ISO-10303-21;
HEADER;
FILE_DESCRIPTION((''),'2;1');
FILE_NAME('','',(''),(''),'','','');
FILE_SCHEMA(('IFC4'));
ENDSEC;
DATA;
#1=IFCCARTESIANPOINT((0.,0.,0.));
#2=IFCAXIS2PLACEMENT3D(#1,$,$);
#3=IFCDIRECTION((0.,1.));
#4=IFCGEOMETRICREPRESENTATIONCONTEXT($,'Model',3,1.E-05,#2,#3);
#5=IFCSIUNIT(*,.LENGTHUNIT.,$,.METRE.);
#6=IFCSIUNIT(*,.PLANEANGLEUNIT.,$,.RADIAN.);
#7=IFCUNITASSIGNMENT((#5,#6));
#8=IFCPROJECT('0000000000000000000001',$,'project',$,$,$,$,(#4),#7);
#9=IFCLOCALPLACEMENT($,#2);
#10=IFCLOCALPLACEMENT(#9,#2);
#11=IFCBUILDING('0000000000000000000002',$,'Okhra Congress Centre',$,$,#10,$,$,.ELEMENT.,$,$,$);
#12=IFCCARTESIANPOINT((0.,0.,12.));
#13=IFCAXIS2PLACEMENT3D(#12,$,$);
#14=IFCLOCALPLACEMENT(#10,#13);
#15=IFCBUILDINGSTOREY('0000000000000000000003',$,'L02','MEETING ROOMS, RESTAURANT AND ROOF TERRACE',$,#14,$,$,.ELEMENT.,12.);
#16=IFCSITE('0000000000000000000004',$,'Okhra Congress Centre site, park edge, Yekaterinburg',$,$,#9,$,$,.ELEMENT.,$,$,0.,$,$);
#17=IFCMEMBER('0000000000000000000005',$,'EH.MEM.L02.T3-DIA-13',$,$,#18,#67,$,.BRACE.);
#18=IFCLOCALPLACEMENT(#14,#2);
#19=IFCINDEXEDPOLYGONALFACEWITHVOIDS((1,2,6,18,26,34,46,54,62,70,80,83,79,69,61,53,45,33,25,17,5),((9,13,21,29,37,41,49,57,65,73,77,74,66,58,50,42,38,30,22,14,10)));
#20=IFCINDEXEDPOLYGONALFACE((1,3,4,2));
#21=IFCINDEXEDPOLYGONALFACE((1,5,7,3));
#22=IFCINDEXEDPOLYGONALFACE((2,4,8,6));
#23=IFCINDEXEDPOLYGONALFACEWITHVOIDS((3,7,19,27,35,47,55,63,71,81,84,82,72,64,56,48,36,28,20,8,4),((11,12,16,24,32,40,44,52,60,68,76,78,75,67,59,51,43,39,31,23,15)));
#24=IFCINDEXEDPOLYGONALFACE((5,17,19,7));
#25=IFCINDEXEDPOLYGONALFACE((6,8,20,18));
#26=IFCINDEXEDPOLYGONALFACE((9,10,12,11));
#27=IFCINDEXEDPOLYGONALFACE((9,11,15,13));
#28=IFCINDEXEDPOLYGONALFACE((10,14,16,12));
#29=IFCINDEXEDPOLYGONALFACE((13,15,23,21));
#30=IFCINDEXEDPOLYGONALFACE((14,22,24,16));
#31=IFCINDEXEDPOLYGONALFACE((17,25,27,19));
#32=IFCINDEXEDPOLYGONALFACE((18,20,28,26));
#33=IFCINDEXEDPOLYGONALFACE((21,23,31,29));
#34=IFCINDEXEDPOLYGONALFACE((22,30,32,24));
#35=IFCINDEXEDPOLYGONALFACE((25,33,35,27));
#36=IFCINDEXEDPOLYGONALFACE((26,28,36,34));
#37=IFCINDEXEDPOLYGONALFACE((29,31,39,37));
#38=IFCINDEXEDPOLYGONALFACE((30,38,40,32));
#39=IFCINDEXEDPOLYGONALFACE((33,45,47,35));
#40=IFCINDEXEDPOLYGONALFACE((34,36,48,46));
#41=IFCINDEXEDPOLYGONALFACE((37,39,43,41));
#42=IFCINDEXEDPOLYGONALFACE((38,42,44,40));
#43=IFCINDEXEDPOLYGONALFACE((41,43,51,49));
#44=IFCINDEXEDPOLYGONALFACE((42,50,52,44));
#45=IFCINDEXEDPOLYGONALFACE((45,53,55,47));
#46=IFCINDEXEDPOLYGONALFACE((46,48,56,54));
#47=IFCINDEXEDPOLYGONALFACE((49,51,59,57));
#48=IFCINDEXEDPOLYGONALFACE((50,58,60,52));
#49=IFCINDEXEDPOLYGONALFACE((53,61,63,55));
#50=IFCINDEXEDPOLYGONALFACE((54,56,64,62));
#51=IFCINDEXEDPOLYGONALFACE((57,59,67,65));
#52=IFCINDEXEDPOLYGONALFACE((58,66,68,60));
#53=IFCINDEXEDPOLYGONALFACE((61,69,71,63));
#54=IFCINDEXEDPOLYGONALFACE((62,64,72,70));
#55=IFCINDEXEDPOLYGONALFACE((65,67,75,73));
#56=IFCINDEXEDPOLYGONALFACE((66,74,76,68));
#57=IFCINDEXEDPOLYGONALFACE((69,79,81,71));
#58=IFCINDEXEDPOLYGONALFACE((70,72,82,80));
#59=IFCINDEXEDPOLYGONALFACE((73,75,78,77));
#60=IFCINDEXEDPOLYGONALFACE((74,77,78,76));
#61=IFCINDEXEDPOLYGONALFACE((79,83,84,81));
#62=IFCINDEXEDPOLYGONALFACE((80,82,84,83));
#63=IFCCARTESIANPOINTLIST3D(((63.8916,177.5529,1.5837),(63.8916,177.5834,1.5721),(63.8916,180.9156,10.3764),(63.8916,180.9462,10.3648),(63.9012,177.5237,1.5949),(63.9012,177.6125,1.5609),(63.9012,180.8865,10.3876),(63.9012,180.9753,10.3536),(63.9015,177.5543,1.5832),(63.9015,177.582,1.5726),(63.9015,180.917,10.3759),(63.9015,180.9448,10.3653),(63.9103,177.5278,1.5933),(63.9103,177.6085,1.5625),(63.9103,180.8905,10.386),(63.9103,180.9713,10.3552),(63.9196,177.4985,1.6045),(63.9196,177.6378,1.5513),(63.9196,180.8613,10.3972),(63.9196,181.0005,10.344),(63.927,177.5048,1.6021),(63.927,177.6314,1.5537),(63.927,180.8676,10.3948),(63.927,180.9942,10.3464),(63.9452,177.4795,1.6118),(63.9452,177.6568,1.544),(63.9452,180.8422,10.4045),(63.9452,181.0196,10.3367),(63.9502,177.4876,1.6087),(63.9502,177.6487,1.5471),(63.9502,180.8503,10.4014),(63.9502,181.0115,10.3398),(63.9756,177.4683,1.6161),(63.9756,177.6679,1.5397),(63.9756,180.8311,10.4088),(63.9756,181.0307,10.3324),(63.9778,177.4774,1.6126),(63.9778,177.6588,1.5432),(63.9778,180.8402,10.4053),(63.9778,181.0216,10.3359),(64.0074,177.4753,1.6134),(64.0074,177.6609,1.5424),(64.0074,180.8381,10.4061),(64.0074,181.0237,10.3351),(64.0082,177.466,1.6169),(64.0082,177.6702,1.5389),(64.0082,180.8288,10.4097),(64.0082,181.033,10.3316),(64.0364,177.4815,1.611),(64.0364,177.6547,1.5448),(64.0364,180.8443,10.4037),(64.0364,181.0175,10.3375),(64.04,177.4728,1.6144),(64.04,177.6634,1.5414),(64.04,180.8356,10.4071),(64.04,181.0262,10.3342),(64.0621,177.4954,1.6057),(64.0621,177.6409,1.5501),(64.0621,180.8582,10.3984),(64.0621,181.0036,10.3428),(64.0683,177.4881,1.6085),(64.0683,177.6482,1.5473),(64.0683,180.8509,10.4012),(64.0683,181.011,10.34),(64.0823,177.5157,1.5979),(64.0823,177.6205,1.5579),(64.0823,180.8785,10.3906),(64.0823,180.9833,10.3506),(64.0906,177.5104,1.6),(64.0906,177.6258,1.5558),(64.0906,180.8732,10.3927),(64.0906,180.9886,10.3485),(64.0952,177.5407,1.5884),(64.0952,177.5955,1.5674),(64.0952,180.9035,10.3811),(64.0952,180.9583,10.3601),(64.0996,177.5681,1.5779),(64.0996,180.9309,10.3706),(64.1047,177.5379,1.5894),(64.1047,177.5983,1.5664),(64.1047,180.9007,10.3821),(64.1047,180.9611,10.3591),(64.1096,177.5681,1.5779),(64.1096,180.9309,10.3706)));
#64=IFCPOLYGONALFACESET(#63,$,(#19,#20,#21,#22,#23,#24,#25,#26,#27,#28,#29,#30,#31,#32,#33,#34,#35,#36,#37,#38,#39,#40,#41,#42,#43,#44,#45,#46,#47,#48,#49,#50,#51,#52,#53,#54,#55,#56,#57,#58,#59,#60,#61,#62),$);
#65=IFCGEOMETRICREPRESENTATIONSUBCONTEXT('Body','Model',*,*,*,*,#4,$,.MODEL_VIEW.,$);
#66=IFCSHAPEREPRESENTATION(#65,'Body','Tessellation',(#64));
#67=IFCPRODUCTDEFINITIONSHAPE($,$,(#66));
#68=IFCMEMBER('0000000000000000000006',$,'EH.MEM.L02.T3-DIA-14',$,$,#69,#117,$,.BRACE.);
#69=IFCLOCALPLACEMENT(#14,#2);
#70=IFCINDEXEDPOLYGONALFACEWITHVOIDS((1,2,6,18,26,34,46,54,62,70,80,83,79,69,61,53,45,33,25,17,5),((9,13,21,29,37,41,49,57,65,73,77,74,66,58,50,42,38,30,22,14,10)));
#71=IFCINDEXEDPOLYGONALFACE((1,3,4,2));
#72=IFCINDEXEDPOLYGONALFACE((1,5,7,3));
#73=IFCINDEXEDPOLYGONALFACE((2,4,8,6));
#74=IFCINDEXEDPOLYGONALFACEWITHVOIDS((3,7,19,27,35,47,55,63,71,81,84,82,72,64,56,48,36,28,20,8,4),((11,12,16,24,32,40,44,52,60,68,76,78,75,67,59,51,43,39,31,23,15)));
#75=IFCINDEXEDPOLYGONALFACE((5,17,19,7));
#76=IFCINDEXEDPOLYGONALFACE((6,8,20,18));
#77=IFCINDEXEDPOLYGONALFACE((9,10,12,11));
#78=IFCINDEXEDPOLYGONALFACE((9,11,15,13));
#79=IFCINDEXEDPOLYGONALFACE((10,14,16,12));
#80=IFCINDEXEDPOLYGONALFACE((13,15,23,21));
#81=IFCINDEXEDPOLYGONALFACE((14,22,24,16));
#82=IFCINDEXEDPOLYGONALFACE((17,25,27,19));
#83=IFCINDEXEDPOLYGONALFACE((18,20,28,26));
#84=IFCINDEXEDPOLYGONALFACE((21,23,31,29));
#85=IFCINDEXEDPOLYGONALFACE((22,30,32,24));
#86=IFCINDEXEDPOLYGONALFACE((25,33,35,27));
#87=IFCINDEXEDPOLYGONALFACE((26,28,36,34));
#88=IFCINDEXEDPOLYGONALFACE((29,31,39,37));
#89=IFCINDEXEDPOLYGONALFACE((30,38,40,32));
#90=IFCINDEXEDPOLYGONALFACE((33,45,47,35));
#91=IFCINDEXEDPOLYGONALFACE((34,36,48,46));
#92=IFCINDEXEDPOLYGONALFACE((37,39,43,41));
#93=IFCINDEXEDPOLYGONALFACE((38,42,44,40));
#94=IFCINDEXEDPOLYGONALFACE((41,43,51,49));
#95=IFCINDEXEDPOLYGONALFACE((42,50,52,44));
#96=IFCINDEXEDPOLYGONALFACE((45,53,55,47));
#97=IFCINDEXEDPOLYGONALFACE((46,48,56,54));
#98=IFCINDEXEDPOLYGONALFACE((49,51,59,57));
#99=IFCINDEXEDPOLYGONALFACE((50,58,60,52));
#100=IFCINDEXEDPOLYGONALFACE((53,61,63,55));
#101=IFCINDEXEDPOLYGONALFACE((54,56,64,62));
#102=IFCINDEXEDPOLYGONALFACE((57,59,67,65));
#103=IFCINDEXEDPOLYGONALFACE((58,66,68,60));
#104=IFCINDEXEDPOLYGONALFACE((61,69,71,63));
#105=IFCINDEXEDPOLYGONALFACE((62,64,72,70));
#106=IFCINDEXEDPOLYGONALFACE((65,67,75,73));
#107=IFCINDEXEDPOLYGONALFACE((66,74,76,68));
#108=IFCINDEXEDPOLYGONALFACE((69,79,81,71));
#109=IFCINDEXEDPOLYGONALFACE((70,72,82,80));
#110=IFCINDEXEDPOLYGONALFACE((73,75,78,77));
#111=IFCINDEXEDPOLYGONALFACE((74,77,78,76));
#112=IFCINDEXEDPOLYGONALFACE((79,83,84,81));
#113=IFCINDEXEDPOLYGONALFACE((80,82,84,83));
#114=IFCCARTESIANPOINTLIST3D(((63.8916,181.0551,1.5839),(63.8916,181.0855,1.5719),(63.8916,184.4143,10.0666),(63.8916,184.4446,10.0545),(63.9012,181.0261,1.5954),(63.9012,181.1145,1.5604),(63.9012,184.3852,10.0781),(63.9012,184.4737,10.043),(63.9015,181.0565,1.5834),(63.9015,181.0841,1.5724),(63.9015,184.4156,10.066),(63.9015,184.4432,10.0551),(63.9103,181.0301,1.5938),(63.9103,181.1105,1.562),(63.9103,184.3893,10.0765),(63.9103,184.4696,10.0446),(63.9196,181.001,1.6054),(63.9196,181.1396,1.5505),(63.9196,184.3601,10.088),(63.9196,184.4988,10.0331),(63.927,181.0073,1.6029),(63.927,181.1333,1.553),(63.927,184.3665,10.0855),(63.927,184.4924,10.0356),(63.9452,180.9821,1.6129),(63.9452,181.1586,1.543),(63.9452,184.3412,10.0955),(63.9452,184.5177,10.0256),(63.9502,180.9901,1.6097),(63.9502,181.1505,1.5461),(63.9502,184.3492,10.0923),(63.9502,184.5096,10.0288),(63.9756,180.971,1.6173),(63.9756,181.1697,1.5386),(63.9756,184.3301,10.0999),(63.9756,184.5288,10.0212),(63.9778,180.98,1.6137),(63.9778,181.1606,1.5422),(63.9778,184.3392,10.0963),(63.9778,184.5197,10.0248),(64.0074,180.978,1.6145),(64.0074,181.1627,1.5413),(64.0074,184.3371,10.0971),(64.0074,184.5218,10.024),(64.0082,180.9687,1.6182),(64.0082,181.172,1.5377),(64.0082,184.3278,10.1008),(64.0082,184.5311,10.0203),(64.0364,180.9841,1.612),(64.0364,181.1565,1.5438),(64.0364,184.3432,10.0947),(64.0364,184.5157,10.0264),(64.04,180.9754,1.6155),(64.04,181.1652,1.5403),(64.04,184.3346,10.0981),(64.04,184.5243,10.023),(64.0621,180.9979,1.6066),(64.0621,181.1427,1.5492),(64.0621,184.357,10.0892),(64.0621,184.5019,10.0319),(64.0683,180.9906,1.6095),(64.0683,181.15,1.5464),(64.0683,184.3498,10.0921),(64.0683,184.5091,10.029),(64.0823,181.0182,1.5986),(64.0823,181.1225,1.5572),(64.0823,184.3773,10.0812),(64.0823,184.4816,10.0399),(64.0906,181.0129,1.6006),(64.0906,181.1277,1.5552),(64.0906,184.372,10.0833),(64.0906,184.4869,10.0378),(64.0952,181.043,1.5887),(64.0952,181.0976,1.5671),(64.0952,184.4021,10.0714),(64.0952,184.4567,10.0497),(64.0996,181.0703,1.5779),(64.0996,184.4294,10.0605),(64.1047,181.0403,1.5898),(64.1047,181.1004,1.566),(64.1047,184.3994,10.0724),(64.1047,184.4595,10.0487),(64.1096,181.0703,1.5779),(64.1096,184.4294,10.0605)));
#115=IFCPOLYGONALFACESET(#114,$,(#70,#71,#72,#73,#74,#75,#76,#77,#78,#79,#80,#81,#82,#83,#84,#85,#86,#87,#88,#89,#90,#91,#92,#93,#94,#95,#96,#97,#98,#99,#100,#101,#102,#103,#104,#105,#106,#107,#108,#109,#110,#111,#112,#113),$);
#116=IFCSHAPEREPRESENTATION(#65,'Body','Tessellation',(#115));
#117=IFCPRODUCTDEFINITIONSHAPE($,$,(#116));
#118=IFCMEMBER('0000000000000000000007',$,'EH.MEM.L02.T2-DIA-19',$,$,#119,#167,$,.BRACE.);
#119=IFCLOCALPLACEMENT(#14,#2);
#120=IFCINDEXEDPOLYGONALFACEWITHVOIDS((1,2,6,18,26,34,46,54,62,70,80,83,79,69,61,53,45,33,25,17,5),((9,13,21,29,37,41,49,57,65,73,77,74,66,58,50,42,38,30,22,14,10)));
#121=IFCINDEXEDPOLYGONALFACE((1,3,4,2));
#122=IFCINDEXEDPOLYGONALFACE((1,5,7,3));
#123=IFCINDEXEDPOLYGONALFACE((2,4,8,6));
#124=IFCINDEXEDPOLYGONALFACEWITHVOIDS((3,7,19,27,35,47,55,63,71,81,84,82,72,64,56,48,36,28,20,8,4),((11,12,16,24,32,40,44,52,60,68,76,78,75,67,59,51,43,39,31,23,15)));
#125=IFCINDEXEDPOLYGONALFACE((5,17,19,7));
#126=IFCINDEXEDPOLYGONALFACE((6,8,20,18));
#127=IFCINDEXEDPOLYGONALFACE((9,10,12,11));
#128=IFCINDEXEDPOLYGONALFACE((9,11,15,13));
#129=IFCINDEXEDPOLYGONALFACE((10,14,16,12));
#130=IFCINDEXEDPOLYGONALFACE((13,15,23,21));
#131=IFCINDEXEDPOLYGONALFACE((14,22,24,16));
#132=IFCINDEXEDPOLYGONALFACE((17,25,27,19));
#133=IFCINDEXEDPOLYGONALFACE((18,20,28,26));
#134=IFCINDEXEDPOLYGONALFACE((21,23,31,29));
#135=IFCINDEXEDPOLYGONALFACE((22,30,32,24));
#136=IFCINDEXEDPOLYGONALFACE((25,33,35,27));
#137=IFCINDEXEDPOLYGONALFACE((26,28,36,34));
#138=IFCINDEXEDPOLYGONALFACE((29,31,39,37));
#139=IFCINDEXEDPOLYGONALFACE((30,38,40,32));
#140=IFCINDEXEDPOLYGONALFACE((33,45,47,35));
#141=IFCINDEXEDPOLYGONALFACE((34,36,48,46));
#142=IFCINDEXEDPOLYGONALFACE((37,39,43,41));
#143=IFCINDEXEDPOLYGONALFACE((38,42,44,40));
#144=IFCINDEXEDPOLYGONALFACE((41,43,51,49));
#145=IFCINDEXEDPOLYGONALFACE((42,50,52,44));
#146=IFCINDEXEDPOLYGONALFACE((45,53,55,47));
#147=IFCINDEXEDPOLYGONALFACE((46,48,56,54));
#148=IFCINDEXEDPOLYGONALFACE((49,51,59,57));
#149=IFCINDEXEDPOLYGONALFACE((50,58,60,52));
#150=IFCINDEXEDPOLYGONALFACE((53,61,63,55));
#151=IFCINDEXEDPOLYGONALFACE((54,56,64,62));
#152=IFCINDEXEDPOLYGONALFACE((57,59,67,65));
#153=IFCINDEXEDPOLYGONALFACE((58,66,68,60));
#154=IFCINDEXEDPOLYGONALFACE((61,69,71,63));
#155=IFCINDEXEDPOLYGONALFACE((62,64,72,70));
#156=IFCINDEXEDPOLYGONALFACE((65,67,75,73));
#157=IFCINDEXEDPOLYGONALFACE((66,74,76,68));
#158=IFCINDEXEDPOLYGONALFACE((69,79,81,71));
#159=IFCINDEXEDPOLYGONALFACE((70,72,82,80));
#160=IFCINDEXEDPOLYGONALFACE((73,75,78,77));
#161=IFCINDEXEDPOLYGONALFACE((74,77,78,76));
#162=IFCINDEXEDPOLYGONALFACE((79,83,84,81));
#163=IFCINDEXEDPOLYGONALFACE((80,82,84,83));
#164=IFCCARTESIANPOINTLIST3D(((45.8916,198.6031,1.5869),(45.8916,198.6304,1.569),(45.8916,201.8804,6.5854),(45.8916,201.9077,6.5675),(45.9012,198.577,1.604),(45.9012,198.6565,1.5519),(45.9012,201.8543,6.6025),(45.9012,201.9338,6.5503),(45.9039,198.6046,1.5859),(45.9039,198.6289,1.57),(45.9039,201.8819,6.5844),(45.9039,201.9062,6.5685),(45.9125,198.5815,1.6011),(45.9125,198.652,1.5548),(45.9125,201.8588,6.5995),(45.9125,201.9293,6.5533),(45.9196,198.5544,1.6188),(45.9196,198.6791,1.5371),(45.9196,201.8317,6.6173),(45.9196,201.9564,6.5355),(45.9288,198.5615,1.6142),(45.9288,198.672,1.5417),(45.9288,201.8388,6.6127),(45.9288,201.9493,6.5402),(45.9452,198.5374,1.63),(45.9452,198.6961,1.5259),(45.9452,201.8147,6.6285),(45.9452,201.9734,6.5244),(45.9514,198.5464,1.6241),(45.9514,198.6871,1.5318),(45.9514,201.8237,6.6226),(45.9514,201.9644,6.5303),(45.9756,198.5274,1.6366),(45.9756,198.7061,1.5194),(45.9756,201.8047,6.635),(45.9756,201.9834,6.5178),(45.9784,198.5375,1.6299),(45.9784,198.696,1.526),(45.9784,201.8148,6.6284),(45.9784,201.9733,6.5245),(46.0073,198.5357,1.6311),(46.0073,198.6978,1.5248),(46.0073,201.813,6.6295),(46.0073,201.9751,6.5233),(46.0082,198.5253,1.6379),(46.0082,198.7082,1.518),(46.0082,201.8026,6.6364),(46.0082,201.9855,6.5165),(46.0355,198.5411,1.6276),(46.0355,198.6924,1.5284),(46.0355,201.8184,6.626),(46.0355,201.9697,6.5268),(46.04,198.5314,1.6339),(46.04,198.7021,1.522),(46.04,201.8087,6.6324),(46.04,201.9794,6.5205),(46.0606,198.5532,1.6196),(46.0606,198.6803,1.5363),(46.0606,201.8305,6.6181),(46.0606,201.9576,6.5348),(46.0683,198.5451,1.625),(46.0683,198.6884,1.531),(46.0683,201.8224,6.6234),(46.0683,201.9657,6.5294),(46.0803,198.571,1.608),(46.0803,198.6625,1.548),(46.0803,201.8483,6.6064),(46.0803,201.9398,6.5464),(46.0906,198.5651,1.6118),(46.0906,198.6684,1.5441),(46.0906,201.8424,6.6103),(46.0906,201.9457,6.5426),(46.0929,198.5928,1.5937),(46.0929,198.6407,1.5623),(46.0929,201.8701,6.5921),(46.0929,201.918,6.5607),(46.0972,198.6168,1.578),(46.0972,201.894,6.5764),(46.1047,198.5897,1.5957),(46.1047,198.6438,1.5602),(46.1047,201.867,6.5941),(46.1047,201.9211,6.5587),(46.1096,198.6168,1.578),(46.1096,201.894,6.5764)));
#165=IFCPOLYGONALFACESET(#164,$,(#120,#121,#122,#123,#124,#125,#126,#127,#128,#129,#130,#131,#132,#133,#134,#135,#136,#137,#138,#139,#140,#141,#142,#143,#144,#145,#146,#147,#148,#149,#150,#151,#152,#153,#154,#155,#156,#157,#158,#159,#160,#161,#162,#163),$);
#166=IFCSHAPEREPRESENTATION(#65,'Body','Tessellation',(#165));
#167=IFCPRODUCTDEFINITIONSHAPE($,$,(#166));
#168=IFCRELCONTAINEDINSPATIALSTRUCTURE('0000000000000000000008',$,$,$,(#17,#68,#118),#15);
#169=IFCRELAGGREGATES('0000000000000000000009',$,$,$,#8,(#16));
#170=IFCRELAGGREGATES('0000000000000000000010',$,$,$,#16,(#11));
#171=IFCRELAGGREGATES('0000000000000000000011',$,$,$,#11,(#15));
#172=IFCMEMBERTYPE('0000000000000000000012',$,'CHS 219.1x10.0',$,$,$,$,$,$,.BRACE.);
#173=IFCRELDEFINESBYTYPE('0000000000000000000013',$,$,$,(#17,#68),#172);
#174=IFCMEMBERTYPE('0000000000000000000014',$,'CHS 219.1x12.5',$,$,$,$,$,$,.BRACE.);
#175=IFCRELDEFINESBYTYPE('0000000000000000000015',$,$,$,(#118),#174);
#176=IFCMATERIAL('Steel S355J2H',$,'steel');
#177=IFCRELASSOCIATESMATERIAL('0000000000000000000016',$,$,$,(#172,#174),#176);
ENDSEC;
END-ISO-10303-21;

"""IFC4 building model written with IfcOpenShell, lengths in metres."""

from ifc_helpers import new_model, si_unit, direction, frame, origin, origin_2d, place, context, subcontext, project, spatial, hollow_circle, extrude, material, material_profile, profile_set, type_object, element, save


model = new_model("IFC4")

# Units and contexts
model_context = context("Model", 3, precision=1e-05, world=origin(), true_north=direction((0.0, 1.0)))
body_context = subcontext(model_context, "Body", "Model", "MODEL_VIEW")
ifc_project = project(units=[si_unit("LENGTHUNIT", "METRE"), si_unit("PLANEANGLEUNIT", "RADIAN")], contexts=[model_context])

# Site, building, storey
site_placement = place(None, origin())
site = spatial("IfcSite", under=ifc_project, at=site_placement, Name="Okhra Congress Centre site, park edge, Yekaterinburg", CompositionType="ELEMENT", RefElevation=0.0)
building_placement = place(site_placement, origin())
building = spatial("IfcBuilding", under=site, at=building_placement, Name="Okhra Congress Centre", CompositionType="ELEMENT")
storey_placement = place(building_placement, frame((0.0, 0.0, 12.0)))
storey = spatial("IfcBuildingStorey", under=building, at=storey_placement, Name="L02", Description="MEETING ROOMS, RESTAURANT AND ROOF TERRACE", CompositionType="ELEMENT", Elevation=12.0)

# Members
ifc_material_1 = material(Name="Steel S355J2H", Category="steel")
ifc_material_profile_1 = material_profile(ifc_material_1, hollow_circle(Radius=0.1096, WallThickness=0.01, at=origin_2d()), Name="CHS 219.1x10.0")
ifc_profile_set_1 = profile_set([ifc_material_profile_1], Name="Steel S355J2H")
member_type_1 = type_object("IfcMemberType", Name="CHS 219.1x10.0", PredefinedType="BRACE", material=ifc_profile_set_1)
member_1_placement = place(storey_placement, frame((64.0, 180.9309, 10.3706), z_axis=(0.0, -0.357218, -0.934021), x_axis=(1.0, 0.0, 0.0)))
element("IfcMember", 1, at=member_1_placement, inside=storey, type_object=member_type_1, Name="EH.MEM.L02.T3-DIA-13", PredefinedType="BRACE", context=body_context, shape_type="SweptSolid", body=[
    extrude(hollow_circle(Radius=0.1096, WallThickness=0.01, at=origin_2d()), origin(), (0.0, 0.0, 1.0), 9.4138),
])
member_2_placement = place(storey_placement, frame((64.0, 184.4294, 10.0605), z_axis=(0.0, -0.368182, -0.929754), x_axis=(1.0, 0.0, 0.0)))
element("IfcMember", 2, at=member_2_placement, inside=storey, type_object=member_type_1, Name="EH.MEM.L02.T3-DIA-14", PredefinedType="BRACE", context=body_context, shape_type="SweptSolid", body=[
    extrude(hollow_circle(Radius=0.1096, WallThickness=0.01, at=origin_2d()), origin(), (0.0, 0.0, 1.0), 9.1235),
])
ifc_material_profile_2 = material_profile(ifc_material_1, hollow_circle(Radius=0.1096, WallThickness=0.0125, at=origin_2d()), Name="CHS 219.1x12.5")
ifc_profile_set_2 = profile_set([ifc_material_profile_2], Name="Steel S355J2H")
member_type_2 = type_object("IfcMemberType", Name="CHS 219.1x12.5", PredefinedType="BRACE", material=ifc_profile_set_2)
member_3_placement = place(storey_placement, frame((46.0, 201.894, 6.5764), z_axis=(0.0, -0.548312, -0.836274), x_axis=(1.0, 0.0, 0.0)))
element("IfcMember", 3, at=member_3_placement, inside=storey, type_object=member_type_2, Name="EH.MEM.L02.T2-DIA-19", PredefinedType="BRACE", context=body_context, shape_type="SweptSolid", body=[
    extrude(hollow_circle(Radius=0.1096, WallThickness=0.0125, at=origin_2d()), origin(), (0.0, 0.0, 1.0), 5.9771),
])

save(model, "model.ifc")
